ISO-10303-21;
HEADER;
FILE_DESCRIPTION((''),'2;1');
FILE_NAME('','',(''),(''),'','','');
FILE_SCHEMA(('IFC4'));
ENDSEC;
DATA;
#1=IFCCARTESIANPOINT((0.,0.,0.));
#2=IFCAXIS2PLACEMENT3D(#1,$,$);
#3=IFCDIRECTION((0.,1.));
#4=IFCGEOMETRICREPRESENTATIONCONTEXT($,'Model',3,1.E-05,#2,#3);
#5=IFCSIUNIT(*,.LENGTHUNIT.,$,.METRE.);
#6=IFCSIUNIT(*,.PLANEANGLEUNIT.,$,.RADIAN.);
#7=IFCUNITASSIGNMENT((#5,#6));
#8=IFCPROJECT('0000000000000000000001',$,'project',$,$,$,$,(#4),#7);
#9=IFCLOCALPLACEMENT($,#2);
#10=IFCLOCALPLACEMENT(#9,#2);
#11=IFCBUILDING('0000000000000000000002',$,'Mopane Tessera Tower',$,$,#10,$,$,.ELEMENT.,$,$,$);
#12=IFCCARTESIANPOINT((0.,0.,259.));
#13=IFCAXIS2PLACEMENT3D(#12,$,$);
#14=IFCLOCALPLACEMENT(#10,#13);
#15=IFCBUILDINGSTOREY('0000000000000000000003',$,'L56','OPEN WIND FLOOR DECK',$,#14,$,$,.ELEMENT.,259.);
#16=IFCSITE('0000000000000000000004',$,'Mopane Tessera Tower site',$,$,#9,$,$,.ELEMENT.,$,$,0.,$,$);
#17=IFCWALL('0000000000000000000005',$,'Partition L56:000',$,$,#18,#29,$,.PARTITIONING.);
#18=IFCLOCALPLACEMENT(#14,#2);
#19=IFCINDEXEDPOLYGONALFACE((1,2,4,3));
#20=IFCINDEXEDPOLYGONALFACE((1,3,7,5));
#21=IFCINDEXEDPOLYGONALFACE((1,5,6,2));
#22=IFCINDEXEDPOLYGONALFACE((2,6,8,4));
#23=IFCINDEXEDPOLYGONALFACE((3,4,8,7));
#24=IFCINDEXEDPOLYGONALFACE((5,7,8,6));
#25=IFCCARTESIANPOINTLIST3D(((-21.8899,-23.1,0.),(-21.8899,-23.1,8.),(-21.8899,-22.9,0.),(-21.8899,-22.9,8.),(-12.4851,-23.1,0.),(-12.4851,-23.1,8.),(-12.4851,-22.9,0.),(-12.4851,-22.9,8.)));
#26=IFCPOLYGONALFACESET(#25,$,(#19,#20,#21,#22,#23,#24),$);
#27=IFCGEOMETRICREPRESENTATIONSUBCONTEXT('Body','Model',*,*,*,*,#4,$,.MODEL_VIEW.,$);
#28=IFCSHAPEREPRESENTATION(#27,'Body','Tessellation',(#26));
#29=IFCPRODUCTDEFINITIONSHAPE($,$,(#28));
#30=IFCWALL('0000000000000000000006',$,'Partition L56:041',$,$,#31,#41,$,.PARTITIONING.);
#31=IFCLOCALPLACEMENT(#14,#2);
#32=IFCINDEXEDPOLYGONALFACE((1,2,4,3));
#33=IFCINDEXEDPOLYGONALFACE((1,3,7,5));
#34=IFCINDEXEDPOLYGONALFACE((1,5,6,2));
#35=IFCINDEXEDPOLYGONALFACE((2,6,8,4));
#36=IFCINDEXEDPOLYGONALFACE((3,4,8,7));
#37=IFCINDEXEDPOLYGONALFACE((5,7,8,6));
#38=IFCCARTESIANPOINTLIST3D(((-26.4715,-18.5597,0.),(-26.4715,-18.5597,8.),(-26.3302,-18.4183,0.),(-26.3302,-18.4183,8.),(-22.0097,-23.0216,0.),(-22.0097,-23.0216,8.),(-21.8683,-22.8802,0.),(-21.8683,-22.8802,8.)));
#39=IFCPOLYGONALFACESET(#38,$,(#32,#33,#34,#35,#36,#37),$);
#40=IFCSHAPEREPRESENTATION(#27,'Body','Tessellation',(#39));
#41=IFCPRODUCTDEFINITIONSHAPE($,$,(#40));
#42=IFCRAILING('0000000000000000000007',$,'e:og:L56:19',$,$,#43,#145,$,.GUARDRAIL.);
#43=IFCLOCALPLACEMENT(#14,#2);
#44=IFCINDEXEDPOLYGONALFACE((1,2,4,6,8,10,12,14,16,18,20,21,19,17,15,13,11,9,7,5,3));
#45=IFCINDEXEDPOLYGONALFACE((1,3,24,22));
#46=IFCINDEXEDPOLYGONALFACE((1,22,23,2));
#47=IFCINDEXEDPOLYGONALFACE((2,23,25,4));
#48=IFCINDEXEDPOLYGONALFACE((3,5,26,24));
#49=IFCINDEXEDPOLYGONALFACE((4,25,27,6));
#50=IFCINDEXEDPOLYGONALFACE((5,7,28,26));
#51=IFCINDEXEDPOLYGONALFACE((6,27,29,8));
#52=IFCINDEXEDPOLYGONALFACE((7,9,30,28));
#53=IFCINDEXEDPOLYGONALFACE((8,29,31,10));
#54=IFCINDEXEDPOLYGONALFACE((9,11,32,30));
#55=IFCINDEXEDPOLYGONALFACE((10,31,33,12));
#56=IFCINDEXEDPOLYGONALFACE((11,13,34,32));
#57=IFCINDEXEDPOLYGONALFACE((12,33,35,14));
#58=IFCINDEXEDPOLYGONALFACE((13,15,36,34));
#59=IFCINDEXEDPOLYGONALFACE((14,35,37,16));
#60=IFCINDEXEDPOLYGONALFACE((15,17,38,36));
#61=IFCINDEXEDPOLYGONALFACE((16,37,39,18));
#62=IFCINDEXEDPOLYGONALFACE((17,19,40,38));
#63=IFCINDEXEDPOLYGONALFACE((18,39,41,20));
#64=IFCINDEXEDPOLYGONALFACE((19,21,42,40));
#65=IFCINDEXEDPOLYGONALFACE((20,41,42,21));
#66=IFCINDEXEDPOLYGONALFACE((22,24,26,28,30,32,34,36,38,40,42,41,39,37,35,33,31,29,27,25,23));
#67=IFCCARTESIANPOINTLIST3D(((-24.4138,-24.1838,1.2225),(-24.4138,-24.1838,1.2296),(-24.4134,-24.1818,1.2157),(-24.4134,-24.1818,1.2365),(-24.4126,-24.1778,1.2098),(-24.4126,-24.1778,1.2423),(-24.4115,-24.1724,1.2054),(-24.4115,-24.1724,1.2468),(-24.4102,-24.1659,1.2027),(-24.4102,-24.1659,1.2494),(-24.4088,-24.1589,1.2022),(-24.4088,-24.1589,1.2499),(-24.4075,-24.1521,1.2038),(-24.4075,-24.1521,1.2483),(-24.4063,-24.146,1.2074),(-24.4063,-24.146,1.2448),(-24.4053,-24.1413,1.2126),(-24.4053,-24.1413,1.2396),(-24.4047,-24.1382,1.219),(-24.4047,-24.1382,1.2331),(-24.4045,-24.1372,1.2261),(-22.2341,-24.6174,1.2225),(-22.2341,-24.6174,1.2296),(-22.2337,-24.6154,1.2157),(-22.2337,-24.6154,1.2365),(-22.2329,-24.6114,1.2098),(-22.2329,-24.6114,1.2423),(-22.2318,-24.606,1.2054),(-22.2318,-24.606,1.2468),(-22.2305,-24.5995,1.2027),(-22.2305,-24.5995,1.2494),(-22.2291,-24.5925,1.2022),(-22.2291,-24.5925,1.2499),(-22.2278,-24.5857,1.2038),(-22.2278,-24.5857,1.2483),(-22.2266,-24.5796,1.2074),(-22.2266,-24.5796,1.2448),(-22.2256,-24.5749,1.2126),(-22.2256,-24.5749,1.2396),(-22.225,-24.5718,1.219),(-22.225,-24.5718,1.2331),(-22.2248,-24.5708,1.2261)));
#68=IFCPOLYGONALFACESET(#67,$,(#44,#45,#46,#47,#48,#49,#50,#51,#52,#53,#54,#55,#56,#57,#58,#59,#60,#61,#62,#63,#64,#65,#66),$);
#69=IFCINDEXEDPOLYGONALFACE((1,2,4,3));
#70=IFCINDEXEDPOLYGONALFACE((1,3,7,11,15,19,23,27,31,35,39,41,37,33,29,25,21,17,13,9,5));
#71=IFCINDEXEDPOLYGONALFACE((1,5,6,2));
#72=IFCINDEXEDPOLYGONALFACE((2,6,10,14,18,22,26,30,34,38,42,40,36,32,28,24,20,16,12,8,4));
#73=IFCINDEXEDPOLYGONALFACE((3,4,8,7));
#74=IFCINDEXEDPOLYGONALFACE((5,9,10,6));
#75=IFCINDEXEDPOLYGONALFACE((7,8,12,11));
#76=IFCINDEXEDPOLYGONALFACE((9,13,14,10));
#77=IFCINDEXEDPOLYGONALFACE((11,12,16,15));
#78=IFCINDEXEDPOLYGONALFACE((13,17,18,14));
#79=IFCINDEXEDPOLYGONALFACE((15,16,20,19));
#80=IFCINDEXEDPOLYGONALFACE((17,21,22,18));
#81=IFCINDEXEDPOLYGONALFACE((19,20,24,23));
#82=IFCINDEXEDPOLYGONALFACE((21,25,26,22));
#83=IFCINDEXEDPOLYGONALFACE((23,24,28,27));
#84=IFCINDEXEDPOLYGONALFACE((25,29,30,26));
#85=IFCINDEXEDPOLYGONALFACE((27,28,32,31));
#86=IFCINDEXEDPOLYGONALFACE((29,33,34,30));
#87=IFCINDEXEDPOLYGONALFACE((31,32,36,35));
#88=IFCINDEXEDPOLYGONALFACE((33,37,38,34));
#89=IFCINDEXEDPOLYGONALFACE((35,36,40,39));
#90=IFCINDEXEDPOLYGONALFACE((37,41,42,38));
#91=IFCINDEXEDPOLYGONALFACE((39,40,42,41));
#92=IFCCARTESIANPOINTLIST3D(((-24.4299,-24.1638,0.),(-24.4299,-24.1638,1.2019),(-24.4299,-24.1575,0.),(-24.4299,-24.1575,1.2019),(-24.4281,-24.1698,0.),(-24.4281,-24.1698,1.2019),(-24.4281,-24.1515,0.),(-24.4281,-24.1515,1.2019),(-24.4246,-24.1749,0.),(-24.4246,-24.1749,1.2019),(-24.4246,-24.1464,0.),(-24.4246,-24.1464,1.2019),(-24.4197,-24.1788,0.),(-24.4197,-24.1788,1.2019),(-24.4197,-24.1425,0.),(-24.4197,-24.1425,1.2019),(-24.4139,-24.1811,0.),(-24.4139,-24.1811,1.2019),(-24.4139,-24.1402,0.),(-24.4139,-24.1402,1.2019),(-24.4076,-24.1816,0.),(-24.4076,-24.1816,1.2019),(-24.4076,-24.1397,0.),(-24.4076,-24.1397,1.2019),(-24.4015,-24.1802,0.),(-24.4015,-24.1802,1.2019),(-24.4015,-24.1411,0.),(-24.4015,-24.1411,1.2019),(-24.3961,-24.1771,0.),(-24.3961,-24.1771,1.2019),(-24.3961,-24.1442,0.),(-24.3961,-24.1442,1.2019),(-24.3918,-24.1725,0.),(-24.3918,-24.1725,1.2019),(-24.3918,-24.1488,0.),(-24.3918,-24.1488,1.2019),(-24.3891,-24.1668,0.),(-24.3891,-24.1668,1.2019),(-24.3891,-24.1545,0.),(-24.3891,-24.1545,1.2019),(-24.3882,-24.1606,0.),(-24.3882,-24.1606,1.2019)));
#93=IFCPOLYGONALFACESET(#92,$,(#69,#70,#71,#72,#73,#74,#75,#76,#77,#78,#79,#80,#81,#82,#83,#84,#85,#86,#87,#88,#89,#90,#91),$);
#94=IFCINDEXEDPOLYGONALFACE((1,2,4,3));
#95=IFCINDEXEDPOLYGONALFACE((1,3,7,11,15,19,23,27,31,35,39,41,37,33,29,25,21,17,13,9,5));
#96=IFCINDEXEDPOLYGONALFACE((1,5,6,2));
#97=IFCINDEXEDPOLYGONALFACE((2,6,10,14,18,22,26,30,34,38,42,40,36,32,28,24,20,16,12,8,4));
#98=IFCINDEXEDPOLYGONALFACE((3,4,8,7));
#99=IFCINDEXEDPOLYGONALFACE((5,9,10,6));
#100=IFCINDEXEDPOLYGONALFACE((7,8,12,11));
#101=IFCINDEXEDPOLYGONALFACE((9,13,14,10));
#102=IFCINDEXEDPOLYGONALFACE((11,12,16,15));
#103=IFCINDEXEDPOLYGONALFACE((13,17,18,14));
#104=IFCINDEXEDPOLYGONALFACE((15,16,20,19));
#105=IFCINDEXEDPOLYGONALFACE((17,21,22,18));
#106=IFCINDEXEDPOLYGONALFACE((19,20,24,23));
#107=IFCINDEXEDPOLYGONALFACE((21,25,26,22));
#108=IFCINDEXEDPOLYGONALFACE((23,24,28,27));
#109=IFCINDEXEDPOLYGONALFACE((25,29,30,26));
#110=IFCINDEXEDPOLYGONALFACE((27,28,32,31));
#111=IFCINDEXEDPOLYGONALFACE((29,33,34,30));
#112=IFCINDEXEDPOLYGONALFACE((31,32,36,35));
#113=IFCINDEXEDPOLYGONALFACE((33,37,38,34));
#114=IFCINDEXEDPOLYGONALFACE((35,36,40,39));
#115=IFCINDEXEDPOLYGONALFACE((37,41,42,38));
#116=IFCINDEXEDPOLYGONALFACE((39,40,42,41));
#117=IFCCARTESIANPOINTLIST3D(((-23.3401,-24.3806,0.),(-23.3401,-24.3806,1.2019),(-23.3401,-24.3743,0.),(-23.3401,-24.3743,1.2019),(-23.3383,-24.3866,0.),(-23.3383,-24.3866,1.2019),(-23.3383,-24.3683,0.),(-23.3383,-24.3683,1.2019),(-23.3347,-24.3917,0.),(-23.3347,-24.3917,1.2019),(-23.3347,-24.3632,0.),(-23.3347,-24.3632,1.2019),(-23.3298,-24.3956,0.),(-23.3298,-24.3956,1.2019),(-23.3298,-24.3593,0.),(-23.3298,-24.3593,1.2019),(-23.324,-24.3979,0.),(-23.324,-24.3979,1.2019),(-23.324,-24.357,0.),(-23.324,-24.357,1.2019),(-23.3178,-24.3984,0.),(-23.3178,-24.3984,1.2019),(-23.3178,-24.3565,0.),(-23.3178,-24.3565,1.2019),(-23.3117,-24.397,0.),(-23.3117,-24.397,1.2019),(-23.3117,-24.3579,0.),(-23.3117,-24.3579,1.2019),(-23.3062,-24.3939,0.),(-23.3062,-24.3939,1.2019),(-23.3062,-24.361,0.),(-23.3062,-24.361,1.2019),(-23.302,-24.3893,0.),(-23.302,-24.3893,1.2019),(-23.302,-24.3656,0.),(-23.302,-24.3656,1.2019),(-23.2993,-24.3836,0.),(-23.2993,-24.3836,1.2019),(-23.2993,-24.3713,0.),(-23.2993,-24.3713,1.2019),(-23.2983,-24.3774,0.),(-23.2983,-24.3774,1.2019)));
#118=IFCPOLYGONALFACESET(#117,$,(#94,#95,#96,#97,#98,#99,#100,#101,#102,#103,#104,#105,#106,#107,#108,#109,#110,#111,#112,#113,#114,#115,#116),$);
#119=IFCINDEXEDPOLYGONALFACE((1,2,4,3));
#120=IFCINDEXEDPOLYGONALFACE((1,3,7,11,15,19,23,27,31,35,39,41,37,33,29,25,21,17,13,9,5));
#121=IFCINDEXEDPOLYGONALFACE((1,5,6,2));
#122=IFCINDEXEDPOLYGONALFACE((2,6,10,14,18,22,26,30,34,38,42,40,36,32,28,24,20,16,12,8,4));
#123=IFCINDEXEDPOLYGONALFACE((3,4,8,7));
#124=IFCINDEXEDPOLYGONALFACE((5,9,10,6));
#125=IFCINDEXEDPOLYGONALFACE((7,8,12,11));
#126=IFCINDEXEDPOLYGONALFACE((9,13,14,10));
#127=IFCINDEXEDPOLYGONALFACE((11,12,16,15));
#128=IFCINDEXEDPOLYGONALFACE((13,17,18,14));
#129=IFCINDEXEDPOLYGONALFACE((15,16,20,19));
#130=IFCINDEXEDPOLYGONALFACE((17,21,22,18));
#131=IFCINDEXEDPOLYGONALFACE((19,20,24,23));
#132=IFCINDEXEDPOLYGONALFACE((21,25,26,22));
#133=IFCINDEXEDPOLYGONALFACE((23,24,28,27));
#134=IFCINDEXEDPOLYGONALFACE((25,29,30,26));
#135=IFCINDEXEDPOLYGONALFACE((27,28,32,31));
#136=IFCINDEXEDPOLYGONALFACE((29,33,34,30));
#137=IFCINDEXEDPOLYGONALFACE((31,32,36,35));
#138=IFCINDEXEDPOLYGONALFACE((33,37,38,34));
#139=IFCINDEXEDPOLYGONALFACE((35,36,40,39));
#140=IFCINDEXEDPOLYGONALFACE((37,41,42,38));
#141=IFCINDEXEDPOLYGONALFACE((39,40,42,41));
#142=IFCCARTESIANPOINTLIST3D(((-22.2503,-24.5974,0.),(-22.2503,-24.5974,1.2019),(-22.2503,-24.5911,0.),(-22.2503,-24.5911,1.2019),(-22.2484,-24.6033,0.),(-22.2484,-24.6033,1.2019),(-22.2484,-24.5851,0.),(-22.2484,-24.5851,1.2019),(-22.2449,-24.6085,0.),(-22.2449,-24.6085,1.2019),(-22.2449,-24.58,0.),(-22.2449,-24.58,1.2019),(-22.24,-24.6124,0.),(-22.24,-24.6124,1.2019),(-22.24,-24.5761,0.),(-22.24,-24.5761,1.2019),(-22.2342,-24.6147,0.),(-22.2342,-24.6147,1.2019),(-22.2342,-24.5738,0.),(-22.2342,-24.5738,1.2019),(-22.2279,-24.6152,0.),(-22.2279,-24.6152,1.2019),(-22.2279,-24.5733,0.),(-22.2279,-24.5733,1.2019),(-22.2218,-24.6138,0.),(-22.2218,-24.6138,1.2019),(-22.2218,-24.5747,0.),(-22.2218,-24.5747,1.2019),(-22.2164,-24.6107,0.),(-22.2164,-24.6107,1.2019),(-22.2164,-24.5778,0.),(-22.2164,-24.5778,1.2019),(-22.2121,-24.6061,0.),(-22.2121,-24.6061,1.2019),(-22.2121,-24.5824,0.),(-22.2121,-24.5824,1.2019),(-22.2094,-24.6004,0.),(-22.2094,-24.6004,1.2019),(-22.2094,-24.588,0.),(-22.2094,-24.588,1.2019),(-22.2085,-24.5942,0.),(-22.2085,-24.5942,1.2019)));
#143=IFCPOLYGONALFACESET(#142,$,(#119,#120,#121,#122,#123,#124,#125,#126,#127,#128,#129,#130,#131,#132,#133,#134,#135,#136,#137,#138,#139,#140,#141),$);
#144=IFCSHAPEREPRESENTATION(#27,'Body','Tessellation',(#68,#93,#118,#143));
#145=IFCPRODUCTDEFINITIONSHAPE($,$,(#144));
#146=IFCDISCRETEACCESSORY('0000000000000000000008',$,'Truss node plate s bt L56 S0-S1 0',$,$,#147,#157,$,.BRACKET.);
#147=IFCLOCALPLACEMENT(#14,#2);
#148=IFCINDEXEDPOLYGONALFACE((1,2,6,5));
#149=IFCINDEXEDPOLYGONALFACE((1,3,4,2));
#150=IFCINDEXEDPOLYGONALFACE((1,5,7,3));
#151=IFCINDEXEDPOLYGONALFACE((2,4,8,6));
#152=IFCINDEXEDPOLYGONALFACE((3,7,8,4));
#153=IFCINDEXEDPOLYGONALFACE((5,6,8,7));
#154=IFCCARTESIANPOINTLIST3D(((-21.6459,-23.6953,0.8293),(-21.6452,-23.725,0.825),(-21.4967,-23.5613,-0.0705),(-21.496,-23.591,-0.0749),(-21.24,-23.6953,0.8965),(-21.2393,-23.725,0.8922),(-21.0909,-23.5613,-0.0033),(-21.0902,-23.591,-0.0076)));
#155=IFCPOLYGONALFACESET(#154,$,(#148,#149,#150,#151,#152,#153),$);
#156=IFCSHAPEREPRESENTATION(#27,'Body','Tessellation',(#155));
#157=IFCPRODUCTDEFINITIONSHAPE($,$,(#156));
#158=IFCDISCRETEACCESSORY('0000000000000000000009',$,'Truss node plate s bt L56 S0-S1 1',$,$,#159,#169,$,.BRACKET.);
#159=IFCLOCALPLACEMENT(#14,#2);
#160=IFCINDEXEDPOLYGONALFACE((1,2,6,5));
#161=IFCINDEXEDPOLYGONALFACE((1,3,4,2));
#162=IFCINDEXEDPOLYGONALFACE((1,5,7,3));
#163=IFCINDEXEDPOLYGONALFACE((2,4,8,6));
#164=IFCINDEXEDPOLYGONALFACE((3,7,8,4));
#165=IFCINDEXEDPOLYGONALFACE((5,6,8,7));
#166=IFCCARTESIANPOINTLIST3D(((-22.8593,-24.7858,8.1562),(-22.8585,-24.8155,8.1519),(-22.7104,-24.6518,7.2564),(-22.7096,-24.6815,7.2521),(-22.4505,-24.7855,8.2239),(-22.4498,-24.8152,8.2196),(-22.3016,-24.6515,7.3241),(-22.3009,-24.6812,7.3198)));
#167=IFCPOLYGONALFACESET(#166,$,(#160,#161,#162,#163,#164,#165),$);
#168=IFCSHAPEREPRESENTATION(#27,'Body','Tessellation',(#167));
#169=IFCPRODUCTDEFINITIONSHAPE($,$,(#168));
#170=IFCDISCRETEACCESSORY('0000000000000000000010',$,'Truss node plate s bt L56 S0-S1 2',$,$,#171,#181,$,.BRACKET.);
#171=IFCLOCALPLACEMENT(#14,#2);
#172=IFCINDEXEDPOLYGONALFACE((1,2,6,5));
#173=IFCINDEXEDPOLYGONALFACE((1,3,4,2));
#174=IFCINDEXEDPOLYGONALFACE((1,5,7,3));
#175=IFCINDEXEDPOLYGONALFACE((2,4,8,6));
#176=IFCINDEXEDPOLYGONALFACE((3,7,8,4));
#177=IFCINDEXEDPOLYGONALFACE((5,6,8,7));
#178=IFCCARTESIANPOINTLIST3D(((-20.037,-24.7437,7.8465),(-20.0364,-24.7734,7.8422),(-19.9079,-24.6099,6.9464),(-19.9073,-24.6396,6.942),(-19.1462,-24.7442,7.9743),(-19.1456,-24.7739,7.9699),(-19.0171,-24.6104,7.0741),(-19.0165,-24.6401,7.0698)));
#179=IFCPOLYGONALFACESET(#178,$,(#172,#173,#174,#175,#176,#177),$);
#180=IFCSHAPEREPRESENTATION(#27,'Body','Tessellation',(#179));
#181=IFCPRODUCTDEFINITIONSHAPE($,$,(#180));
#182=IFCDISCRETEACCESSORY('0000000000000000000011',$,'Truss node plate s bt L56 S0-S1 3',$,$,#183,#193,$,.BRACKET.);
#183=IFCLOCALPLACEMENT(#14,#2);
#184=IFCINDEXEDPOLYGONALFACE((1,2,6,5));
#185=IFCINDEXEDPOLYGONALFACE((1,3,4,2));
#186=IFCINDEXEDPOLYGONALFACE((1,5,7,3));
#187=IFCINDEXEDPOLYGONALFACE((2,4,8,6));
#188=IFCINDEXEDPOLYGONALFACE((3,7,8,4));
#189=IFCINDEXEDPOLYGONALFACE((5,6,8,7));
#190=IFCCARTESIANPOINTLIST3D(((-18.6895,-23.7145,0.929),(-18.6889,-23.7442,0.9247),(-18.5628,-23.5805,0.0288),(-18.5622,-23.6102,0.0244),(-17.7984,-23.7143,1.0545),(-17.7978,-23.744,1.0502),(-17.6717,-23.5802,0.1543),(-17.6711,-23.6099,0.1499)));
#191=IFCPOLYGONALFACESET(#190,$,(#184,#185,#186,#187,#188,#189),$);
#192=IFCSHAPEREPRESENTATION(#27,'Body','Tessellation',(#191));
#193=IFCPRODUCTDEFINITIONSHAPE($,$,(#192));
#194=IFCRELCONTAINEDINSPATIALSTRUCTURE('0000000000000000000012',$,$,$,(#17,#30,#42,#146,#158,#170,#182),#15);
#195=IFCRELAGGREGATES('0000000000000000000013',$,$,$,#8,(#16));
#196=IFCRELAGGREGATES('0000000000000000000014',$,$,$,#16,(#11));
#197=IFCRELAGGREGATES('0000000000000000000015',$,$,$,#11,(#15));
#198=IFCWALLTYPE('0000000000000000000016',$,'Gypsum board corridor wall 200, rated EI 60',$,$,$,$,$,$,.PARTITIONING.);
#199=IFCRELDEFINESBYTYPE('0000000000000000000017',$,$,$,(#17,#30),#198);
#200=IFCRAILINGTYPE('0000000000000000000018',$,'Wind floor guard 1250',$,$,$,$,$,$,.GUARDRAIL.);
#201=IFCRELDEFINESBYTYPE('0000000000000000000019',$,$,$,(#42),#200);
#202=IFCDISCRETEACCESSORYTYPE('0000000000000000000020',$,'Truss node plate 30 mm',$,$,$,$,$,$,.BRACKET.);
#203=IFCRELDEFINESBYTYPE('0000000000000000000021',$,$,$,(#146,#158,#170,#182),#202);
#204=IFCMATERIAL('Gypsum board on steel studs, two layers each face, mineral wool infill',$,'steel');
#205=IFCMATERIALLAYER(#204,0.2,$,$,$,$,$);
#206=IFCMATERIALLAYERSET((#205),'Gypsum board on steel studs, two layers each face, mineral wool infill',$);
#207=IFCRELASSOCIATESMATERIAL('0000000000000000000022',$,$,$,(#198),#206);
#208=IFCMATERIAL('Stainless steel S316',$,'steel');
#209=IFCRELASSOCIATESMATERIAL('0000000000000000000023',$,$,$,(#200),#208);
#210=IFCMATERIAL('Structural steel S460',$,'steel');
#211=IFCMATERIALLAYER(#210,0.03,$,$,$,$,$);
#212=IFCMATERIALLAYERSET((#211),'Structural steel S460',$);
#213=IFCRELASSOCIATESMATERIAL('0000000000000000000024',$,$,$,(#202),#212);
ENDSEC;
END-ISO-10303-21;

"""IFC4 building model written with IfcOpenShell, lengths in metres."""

from ifc_helpers import new_model, si_unit, direction, frame, frame_2d, origin, origin_2d, place, context, subcontext, project, spatial, rectangle, circle, extrude, material, layer, layer_set, type_object, element, save


model = new_model("IFC4")

# Units and contexts
model_context = context("Model", 3, precision=1e-05, world=origin(), true_north=direction((0.0, 1.0)))
body_context = subcontext(model_context, "Body", "Model", "MODEL_VIEW")
ifc_project = project(units=[si_unit("LENGTHUNIT", "METRE"), si_unit("PLANEANGLEUNIT", "RADIAN")], contexts=[model_context])

# Site, building, storey
site_placement = place(None, origin())
site = spatial("IfcSite", under=ifc_project, at=site_placement, Name="Mopane Tessera Tower site", CompositionType="ELEMENT", RefElevation=0.0)
building_placement = place(site_placement, origin())
building = spatial("IfcBuilding", under=site, at=building_placement, Name="Mopane Tessera Tower", CompositionType="ELEMENT")
storey_placement = place(building_placement, frame((0.0, 0.0, 259.0)))
storey = spatial("IfcBuildingStorey", under=building, at=storey_placement, Name="L56", Description="OPEN WIND FLOOR DECK", CompositionType="ELEMENT", Elevation=259.0)

# Walls
ifc_material_1 = material(Name="Gypsum board on steel studs, two layers each face, mineral wool infill", Category="steel")
ifc_layer_1 = layer(ifc_material_1, 0.2)
ifc_layer_set_1 = layer_set([ifc_layer_1], Name="Gypsum board on steel studs, two layers each face, mineral wool infill")
wall_type = type_object("IfcWallType", Name="Gypsum board corridor wall 200, rated EI 60", PredefinedType="PARTITIONING", material=ifc_layer_set_1)
wall_1_placement = place(storey_placement, frame((-21.8899, -23.0, 0.0), z_axis=(0.0, 0.0, 1.0), x_axis=(1.0, 0.0, 0.0)))
element("IfcWall", 1, at=wall_1_placement, inside=storey, type_object=wall_type, Name="Partition L56:000", PredefinedType="PARTITIONING", context=body_context, shape_type="SweptSolid", body=[
    extrude(rectangle(XDim=9.4048, YDim=0.2, at=frame_2d((4.7024, 0.0))), origin(), (0.0, 0.0, 1.0), 8.0),
])
wall_2_placement = place(storey_placement, frame((-21.939, -22.9509, 0.0), z_axis=(0.0, 0.0, 1.0), x_axis=(-0.707107, 0.707107, 0.0)))
element("IfcWall", 2, at=wall_2_placement, inside=storey, type_object=wall_type, Name="Partition L56:041", PredefinedType="PARTITIONING", context=body_context, shape_type="SweptSolid", body=[
    extrude(rectangle(XDim=6.3101, YDim=0.2, at=frame_2d((3.155, 0.0))), origin(), (0.0, 0.0, 1.0), 8.0),
])

# Railing
ifc_material_2 = material(Name="Stainless steel S316", Category="steel")
railing_type = type_object("IfcRailingType", Name="Wind floor guard 1250", PredefinedType="GUARDRAIL", material=ifc_material_2)
railing_1_placement = place(storey_placement, frame((-24.4092, -24.1606, 0.0)))
element("IfcRailing", 3, at=railing_1_placement, inside=storey, type_object=railing_type, Name="e:og:L56:19", PredefinedType="GUARDRAIL", context=body_context, shape_type="SweptSolid", body=[
    extrude(circle(Radius=0.0239, at=origin_2d()), frame((0.0, 0.0, 1.2261), z_axis=(0.980783, -0.195102, 0.0), x_axis=(0.195102, 0.980783, 0.0)), (0.0, 0.0, 1.0), 2.2224),
    extrude(circle(Radius=0.021, at=origin_2d()), origin(), (0.0, 0.0, 1.0), 1.2019),
    extrude(circle(Radius=0.021, at=origin_2d()), frame((1.0898, -0.2168, 0.0)), (0.0, 0.0, 1.0), 1.2019),
    extrude(circle(Radius=0.021, at=origin_2d()), frame((2.1797, -0.4336, 0.0)), (0.0, 0.0, 1.0), 1.2019),
])

# Discrete accessories
ifc_material_3 = material(Name="Structural steel S460", Category="steel")
ifc_layer_2 = layer(ifc_material_3, 0.03)
ifc_layer_set_2 = layer_set([ifc_layer_2], Name="Structural steel S460")
discrete_accessory_type = type_object("IfcDiscreteAccessoryType", Name="Truss node plate 30 mm", PredefinedType="BRACKET", material=ifc_layer_set_2)
discrete_accessory_1_placement = place(storey_placement, frame((-21.2935, -23.5762, -0.0391), z_axis=(-0.161794, -0.145376, 0.976058), x_axis=(-0.023753, 0.989376, 0.143422)))
element("IfcDiscreteAccessory", 4, at=discrete_accessory_1_placement, inside=storey, type_object=discrete_accessory_type, Name="Truss node plate s bt L56 S0-S1 0", PredefinedType="BRACKET", context=body_context, shape_type="SweptSolid", body=[
    extrude(rectangle(XDim=0.03, YDim=0.4114, at=origin_2d()), origin(), (0.0, 0.0, 1.0), 0.9219),
])
discrete_accessory_2_placement = place(storey_placement, frame((-22.5056, -24.6665, 7.2881), z_axis=(-0.161536, -0.145382, 0.9761), x_axis=(-0.024505, 0.989375, 0.143304)))
element("IfcDiscreteAccessory", 5, at=discrete_accessory_2_placement, inside=storey, type_object=discrete_accessory_type, Name="Truss node plate s bt L56 S0-S1 1", PredefinedType="BRACKET", context=body_context, shape_type="SweptSolid", body=[
    extrude(rectangle(XDim=0.03, YDim=0.4143, at=origin_2d()), origin(), (0.0, 0.0, 1.0), 0.9219),
])
discrete_accessory_3_placement = place(storey_placement, frame((-19.4622, -24.625, 7.0081), z_axis=(-0.14051, -0.145557, 0.979321), x_axis=(-0.020171, 0.98935, 0.144153)))
element("IfcDiscreteAccessory", 6, at=discrete_accessory_3_placement, inside=storey, type_object=discrete_accessory_type, Name="Truss node plate s bt L56 S0-S1 2", PredefinedType="BRACKET", context=body_context, shape_type="SweptSolid", body=[
    extrude(rectangle(XDim=0.03, YDim=0.8999, at=origin_2d()), origin(), (0.0, 0.0, 1.0), 0.9192),
])
discrete_accessory_4_placement = place(storey_placement, frame((-18.1169, -23.5952, 0.0894), z_axis=(-0.1379, -0.145871, 0.979646), x_axis=(-0.020626, 0.989304, 0.144405)))
element("IfcDiscreteAccessory", 7, at=discrete_accessory_4_placement, inside=storey, type_object=discrete_accessory_type, Name="Truss node plate s bt L56 S0-S1 3", PredefinedType="BRACKET", context=body_context, shape_type="SweptSolid", body=[
    extrude(rectangle(XDim=0.03, YDim=0.8999, at=origin_2d()), origin(), (0.0, 0.0, 1.0), 0.9189),
])

save(model, "model.ifc")
